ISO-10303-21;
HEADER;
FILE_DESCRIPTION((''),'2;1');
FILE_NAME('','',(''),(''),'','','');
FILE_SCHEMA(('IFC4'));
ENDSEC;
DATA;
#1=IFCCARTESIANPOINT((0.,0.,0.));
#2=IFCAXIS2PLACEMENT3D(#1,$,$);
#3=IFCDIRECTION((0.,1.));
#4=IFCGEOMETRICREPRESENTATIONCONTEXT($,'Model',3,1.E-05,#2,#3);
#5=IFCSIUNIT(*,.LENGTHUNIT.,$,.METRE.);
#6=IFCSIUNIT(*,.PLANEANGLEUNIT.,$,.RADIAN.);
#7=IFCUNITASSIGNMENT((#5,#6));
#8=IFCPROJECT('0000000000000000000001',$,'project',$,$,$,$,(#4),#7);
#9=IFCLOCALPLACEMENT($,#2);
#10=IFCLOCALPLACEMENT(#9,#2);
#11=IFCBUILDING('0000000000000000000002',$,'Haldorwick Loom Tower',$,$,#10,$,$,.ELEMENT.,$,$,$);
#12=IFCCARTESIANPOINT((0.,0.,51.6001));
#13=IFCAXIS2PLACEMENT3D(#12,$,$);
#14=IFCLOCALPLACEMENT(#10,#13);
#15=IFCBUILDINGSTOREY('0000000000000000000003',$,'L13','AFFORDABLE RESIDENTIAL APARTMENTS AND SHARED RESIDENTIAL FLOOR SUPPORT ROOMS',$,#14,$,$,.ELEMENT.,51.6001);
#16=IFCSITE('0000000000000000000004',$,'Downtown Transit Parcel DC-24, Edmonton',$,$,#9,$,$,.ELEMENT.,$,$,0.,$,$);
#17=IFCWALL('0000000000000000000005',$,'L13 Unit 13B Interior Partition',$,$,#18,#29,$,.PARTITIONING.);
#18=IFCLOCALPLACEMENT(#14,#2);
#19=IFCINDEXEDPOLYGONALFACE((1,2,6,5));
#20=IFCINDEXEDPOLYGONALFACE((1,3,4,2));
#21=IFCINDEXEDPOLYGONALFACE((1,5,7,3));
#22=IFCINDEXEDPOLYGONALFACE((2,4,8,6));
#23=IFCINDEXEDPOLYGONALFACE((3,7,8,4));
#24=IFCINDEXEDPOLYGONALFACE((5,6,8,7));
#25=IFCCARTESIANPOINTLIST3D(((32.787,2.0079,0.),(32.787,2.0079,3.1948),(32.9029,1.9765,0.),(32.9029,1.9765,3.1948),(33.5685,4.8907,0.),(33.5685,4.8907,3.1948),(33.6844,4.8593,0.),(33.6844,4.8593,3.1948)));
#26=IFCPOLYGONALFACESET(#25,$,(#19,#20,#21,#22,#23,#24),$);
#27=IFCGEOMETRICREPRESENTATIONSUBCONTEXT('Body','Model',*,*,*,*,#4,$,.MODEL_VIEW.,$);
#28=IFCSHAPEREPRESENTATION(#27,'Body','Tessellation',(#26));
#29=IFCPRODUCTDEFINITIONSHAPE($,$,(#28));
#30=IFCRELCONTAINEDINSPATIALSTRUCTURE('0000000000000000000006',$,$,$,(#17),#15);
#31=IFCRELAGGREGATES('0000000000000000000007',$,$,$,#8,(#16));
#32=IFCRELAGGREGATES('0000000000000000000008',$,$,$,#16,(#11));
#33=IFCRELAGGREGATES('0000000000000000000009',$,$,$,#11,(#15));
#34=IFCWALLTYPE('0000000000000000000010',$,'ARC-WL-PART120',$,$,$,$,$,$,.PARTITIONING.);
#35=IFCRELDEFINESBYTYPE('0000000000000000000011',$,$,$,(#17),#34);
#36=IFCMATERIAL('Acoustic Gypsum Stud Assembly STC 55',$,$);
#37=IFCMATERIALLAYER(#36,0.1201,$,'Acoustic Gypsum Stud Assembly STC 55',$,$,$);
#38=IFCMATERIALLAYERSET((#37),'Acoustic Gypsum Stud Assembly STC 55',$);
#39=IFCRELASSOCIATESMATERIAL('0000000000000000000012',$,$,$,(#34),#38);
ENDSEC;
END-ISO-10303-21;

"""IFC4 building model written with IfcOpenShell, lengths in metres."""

from ifc_helpers import new_model, si_unit, direction, frame, frame_2d, origin, place, context, subcontext, project, spatial, rectangle, extrude, material, layer, layer_set, type_object, element, save


model = new_model("IFC4")

# Units and contexts
model_context = context("Model", 3, precision=1e-05, world=origin(), true_north=direction((0.0, 1.0)))
body_context = subcontext(model_context, "Body", "Model", "MODEL_VIEW")
ifc_project = project(units=[si_unit("LENGTHUNIT", "METRE"), si_unit("PLANEANGLEUNIT", "RADIAN")], contexts=[model_context])

# Site, building, storey
site_placement = place(None, origin())
site = spatial("IfcSite", under=ifc_project, at=site_placement, Name="Downtown Transit Parcel DC-24, Edmonton", CompositionType="ELEMENT", RefElevation=0.0)
building_placement = place(site_placement, origin())
building = spatial("IfcBuilding", under=site, at=building_placement, Name="Haldorwick Loom Tower", CompositionType="ELEMENT")
storey_placement = place(building_placement, frame((0.0, 0.0, 51.6001)))
storey = spatial("IfcBuildingStorey", under=building, at=storey_placement, Name="L13", Description="AFFORDABLE RESIDENTIAL APARTMENTS AND SHARED RESIDENTIAL FLOOR SUPPORT ROOMS", CompositionType="ELEMENT", Elevation=51.6001)

# Wall
ifc_material_1 = material(Name="Acoustic Gypsum Stud Assembly STC 55")
ifc_layer_1 = layer(ifc_material_1, 0.1201, Name="Acoustic Gypsum Stud Assembly STC 55")
ifc_layer_set_1 = layer_set([ifc_layer_1], Name="Acoustic Gypsum Stud Assembly STC 55")
wall_type_1 = type_object("IfcWallType", Name="ARC-WL-PART120", PredefinedType="PARTITIONING", material=ifc_layer_set_1)
wall_1_placement = place(storey_placement, frame((33.6265, 4.875, 0.0), z_axis=(0.0, 0.0, 1.0), x_axis=(-0.261644, -0.965164, 0.0)))
element("IfcWall", 1, at=wall_1_placement, inside=storey, type_object=wall_type_1, Name="L13 Unit 13B Interior Partition", PredefinedType="PARTITIONING", context=body_context, shape_type="SweptSolid", body=[
    extrude(rectangle(XDim=2.9868, YDim=0.1201, at=frame_2d((1.4934, 0.0))), origin(), (0.0, 0.0, 1.0), 3.1948),
])

save(model, "model.ifc")
